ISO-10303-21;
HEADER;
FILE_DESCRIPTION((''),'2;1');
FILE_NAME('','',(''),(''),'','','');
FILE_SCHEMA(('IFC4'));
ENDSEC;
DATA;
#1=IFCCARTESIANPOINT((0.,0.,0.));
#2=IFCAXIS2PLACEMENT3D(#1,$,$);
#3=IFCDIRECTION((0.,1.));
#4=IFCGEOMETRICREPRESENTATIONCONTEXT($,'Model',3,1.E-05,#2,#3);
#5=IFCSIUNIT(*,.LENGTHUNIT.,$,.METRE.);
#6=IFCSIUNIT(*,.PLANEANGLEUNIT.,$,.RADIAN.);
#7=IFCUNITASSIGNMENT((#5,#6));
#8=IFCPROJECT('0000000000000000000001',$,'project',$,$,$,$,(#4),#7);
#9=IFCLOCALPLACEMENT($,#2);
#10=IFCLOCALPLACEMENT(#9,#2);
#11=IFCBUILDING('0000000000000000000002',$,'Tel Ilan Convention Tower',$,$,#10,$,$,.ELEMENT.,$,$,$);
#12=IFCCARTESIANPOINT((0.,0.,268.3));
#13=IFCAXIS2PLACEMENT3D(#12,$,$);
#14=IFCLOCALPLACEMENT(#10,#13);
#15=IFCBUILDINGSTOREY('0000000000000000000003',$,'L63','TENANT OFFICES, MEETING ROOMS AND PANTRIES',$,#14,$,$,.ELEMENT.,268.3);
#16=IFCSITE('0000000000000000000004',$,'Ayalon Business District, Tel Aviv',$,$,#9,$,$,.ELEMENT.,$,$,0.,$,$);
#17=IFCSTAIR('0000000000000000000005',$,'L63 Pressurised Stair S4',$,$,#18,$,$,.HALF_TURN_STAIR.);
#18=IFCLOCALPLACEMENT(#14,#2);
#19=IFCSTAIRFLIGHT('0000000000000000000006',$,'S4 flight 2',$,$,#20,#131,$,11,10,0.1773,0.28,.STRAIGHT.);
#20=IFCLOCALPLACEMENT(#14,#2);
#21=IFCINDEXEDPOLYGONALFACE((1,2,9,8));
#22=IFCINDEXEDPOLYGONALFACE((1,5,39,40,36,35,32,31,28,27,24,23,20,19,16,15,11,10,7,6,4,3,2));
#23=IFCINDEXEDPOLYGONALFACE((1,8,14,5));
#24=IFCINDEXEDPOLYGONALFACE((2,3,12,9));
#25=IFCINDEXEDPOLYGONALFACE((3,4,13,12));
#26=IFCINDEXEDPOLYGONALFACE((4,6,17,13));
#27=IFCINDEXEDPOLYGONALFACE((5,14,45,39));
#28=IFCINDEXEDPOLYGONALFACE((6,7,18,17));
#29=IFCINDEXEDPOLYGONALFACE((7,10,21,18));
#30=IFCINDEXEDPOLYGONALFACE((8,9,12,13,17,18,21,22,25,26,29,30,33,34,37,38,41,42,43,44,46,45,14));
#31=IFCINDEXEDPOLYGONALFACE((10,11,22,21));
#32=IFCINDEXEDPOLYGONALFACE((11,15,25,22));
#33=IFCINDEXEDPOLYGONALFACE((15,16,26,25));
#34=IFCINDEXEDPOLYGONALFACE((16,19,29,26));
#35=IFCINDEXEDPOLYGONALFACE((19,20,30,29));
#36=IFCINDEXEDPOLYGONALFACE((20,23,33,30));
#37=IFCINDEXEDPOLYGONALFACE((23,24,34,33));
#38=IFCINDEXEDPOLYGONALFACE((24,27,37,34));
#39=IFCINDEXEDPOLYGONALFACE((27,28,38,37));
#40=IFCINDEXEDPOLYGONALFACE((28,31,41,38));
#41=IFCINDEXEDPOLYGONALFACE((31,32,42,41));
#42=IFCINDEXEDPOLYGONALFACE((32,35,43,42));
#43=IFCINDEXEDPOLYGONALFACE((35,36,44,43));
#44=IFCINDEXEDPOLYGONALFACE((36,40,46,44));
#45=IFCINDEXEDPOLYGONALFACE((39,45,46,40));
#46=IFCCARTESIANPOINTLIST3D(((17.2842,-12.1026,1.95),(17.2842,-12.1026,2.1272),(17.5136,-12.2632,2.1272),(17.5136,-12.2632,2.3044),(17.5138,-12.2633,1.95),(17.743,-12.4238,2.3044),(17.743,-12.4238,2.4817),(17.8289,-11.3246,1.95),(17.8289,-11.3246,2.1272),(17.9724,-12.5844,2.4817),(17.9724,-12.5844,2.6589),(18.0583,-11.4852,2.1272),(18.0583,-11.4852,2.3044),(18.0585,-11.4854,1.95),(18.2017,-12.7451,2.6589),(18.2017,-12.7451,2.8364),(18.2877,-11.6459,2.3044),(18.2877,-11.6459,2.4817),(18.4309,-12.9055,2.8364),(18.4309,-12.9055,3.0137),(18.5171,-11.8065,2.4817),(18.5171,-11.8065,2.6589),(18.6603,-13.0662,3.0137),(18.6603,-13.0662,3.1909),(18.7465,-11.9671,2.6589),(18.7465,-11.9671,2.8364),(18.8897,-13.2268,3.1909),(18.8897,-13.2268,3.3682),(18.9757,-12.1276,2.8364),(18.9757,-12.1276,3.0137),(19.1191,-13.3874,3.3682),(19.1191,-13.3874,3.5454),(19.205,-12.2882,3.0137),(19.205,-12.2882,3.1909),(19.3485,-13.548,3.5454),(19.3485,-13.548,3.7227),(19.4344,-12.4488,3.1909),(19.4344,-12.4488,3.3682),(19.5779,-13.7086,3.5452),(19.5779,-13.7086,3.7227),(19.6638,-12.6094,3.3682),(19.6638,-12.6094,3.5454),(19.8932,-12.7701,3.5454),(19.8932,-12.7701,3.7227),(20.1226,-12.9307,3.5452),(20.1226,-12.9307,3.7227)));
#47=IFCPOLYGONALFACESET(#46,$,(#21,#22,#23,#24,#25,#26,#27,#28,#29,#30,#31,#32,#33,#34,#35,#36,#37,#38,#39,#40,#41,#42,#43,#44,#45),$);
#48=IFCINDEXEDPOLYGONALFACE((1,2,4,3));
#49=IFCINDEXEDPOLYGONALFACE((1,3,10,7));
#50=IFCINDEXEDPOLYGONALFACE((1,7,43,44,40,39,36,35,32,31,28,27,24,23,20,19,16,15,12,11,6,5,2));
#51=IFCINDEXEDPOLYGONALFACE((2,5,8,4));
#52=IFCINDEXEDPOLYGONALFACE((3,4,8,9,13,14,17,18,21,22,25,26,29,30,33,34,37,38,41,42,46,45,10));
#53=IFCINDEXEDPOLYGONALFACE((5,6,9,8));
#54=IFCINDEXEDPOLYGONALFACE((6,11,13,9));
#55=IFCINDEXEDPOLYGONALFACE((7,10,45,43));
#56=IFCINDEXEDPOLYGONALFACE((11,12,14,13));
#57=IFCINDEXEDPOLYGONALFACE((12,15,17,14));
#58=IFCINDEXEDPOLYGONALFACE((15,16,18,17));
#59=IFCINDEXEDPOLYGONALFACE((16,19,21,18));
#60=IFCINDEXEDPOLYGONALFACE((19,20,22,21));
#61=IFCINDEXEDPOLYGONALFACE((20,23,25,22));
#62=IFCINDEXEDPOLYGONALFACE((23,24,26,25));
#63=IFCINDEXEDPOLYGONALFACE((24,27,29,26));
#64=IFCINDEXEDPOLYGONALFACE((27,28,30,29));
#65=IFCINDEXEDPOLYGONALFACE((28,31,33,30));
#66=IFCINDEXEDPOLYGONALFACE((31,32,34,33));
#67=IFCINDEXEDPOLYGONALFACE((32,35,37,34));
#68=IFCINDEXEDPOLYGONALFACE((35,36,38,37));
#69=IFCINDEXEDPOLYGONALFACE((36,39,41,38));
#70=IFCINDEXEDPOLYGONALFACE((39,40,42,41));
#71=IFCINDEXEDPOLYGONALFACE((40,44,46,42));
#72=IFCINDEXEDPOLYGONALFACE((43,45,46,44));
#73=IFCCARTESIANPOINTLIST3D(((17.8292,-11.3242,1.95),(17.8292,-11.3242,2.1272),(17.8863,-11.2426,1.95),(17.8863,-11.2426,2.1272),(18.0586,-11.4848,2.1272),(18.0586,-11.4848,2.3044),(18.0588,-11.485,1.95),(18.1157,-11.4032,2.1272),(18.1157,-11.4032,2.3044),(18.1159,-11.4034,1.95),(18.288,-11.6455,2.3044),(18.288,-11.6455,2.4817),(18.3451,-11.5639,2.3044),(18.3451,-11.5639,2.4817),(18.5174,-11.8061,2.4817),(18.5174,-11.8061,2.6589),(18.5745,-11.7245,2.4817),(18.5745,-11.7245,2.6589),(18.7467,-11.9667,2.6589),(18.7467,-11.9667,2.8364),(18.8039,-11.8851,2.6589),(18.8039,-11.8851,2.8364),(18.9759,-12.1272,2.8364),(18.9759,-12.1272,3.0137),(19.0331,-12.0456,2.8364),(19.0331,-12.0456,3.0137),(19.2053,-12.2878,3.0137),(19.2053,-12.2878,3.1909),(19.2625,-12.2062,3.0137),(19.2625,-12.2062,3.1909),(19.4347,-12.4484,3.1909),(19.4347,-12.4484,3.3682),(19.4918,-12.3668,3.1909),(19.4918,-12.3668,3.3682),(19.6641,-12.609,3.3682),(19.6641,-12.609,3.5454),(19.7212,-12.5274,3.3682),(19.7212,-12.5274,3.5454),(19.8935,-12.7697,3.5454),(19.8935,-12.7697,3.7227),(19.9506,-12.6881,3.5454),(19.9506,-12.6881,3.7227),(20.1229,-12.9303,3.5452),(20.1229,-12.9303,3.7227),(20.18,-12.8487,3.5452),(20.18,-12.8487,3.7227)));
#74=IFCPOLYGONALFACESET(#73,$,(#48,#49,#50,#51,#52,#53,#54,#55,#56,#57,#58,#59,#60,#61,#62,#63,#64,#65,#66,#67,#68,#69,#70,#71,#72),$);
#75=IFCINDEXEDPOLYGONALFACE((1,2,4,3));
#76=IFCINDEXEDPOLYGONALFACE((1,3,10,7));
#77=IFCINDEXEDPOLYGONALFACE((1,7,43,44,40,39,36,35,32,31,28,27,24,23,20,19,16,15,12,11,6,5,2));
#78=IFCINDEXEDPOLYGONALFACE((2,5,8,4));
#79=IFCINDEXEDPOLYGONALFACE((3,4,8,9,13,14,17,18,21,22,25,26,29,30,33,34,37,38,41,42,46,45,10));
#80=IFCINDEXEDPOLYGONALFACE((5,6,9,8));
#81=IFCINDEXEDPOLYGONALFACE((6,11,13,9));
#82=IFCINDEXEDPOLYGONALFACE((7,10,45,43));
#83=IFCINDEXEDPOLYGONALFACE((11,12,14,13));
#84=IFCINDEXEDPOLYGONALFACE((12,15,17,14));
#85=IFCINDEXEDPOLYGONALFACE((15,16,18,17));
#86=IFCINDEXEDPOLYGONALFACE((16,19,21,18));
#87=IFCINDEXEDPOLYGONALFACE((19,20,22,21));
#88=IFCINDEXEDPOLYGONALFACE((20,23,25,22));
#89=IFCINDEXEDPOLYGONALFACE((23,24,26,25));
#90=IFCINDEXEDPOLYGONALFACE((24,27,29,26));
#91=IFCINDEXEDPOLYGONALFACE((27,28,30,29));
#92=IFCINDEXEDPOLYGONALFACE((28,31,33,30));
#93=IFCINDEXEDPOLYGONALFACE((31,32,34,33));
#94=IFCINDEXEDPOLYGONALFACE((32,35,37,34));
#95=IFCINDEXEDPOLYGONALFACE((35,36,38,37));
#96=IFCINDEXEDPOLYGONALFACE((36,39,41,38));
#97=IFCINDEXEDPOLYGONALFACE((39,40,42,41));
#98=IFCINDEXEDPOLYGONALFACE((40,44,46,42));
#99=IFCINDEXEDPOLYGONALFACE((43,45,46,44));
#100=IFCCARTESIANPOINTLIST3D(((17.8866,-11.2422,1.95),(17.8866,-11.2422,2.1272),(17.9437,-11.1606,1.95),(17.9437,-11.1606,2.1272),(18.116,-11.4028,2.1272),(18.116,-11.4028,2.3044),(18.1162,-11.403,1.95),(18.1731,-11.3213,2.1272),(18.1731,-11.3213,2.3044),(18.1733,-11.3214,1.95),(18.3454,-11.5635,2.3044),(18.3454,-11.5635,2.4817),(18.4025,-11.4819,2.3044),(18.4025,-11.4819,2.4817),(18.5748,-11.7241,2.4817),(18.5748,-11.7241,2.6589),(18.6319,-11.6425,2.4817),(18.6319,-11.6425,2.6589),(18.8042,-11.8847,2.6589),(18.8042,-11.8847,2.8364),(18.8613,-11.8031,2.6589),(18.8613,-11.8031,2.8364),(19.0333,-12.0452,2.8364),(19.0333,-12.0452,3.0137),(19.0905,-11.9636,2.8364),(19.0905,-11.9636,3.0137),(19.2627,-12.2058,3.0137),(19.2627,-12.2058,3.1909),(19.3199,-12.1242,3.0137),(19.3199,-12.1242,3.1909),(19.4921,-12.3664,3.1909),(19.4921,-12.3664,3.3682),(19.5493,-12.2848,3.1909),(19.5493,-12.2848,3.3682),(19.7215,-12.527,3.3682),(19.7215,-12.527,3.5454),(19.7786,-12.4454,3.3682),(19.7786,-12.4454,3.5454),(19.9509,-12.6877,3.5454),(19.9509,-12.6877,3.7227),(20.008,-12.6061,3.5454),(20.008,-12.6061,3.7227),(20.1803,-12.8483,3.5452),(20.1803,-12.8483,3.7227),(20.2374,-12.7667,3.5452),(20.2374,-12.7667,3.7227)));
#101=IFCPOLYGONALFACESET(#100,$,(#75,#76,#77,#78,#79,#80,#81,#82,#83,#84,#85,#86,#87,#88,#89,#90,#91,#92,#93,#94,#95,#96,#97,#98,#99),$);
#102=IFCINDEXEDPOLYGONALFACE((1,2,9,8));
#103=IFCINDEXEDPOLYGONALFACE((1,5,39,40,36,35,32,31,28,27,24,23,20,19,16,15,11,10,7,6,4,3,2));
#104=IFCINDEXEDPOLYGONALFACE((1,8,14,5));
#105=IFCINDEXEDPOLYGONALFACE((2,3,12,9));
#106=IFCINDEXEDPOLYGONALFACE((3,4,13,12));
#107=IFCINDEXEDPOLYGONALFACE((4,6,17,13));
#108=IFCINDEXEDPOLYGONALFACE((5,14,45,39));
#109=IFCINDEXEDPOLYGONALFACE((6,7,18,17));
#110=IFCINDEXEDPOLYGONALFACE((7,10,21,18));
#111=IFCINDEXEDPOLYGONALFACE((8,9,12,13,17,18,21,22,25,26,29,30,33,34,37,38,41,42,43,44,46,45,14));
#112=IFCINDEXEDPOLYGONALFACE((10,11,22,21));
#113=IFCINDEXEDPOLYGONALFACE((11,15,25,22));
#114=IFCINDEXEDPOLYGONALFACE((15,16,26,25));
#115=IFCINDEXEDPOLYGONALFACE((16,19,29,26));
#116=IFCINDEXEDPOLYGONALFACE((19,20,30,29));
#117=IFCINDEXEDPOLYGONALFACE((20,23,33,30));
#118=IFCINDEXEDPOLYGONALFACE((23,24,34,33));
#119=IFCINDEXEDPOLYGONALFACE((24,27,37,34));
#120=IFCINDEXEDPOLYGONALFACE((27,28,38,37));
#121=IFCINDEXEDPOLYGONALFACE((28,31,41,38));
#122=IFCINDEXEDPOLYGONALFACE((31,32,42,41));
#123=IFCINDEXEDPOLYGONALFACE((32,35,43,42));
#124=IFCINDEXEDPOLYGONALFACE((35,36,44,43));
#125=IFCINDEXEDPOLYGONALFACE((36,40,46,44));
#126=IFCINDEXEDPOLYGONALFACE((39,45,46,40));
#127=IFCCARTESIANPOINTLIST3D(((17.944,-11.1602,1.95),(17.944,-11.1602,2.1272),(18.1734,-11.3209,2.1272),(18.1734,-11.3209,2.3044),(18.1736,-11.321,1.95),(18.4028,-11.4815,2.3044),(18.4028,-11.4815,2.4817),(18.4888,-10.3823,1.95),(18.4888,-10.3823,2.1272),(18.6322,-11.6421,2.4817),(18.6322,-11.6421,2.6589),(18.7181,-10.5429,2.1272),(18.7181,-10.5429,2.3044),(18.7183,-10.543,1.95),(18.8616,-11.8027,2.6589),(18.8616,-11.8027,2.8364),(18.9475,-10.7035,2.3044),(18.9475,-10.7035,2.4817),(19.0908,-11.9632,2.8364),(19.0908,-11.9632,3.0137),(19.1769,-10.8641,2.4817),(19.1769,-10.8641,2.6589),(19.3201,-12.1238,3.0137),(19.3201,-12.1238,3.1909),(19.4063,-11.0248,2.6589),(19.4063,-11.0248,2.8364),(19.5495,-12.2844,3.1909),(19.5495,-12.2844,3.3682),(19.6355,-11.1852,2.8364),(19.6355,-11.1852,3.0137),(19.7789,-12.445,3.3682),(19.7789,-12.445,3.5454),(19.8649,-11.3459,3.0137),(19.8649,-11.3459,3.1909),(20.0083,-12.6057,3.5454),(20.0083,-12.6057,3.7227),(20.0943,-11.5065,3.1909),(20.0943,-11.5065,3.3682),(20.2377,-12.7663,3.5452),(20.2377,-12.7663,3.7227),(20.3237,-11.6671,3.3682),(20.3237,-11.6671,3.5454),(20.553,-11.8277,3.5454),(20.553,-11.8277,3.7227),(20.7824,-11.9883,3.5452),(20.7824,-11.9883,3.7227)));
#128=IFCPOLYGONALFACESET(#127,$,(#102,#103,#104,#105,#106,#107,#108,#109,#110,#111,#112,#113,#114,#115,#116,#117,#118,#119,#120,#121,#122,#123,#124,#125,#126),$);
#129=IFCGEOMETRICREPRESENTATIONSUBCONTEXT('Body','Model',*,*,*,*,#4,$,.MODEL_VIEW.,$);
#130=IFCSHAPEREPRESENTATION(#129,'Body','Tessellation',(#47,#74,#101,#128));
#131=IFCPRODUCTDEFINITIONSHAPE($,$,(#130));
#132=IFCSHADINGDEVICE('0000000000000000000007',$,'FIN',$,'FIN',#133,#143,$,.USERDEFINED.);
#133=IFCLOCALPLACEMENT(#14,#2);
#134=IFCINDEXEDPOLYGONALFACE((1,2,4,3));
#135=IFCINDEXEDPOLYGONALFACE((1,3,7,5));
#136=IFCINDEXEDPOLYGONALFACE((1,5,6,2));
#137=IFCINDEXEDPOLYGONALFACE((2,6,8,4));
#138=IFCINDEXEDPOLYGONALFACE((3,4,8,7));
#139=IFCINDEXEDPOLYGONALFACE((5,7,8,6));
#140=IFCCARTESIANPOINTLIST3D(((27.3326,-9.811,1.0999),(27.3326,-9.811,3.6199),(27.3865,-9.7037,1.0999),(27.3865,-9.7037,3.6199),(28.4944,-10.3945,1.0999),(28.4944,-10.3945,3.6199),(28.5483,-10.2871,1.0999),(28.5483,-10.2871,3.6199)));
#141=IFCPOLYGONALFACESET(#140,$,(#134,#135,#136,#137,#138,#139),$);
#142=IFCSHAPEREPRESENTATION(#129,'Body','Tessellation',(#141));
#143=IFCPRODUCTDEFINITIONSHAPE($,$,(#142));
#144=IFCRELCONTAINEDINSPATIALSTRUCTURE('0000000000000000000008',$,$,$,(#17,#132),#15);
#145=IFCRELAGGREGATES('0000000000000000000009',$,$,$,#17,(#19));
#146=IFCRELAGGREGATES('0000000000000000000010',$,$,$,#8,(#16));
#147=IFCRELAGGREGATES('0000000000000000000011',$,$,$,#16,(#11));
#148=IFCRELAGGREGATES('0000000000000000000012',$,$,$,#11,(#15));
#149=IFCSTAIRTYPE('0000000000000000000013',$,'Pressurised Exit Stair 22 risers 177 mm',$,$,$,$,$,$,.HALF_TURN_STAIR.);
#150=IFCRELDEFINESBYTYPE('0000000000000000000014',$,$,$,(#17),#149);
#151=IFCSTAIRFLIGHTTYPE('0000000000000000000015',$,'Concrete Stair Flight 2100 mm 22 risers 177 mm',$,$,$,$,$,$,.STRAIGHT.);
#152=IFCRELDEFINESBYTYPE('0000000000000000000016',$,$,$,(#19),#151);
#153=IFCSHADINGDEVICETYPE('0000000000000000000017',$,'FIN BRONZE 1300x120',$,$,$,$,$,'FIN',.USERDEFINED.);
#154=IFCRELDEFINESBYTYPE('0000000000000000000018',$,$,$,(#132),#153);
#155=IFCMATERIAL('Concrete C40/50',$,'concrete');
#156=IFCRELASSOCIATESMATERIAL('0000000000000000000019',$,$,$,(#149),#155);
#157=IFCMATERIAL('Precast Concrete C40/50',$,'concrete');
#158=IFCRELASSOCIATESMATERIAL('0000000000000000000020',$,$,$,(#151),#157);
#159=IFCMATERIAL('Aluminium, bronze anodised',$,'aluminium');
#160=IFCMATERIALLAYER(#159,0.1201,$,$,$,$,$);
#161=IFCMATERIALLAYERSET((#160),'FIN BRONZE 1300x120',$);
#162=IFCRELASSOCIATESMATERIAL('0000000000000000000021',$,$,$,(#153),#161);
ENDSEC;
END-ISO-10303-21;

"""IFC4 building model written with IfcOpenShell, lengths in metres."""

from ifc_helpers import new_model, si_unit, direction, frame, origin, origin_2d, place, context, subcontext, project, spatial, polyline, rectangle, outline, extrude, material, layer, layer_set, type_object, element, aggregate, save


model = new_model("IFC4")

# Units and contexts
model_context = context("Model", 3, precision=1e-05, world=origin(), true_north=direction((0.0, 1.0)))
body_context = subcontext(model_context, "Body", "Model", "MODEL_VIEW")
ifc_project = project(units=[si_unit("LENGTHUNIT", "METRE"), si_unit("PLANEANGLEUNIT", "RADIAN")], contexts=[model_context])

# Site, building, storey
site_placement = place(None, origin())
site = spatial("IfcSite", under=ifc_project, at=site_placement, Name="Ayalon Business District, Tel Aviv", CompositionType="ELEMENT", RefElevation=0.0)
building_placement = place(site_placement, origin())
building = spatial("IfcBuilding", under=site, at=building_placement, Name="Tel Ilan Convention Tower", CompositionType="ELEMENT")
storey_placement = place(building_placement, frame((0.0, 0.0, 268.3)))
storey = spatial("IfcBuildingStorey", under=building, at=storey_placement, Name="L63", Description="TENANT OFFICES, MEETING ROOMS AND PANTRIES", CompositionType="ELEMENT", Elevation=268.3)

# Stair, stair flight
ifc_material_1 = material(Name="Concrete C40/50", Category="concrete")
stair_type = type_object("IfcStairType", Name="Pressurised Exit Stair 22 risers 177 mm", PredefinedType="HALF_TURN_STAIR", material=ifc_material_1)
stair_placement = place(storey_placement, origin())
stair = element("IfcStair", 1, at=stair_placement, inside=storey, type_object=stair_type, Name="L63 Pressurised Stair S4", PredefinedType="HALF_TURN_STAIR")
ifc_material_2 = material(Name="Precast Concrete C40/50", Category="concrete")
stair_flight_type = type_object("IfcStairFlightType", Name="Concrete Stair Flight 2100 mm 22 risers 177 mm", PredefinedType="STRAIGHT", material=ifc_material_2)
stair_flight_1_placement = place(storey_placement, frame((17.8865, -11.2424, 1.95), z_axis=(0.0, 0.0, 1.0), x_axis=(0.819152, -0.573576, 0.0)))
stair_flight_1 = element("IfcStairFlight", 2, at=stair_flight_1_placement, type_object=stair_flight_type, Name="S4 flight 2", NumberOfRisers=11, NumberOfTreads=10, PredefinedType="STRAIGHT", RiserHeight=0.1773, TreadLength=0.28, context=body_context, shape_type="SweptSolid", body=[
    extrude(outline(polyline([(0.0, 0.0), (0.0, 0.1772), (0.28, 0.1772), (0.28, 0.3545), (0.5601, 0.3545), (0.5601, 0.5317), (0.8401, 0.5317), (0.8401, 0.709), (1.1201, 0.709), (1.1201, 0.8865), (1.3999, 0.8865), (1.3999, 1.0637), (1.6799, 1.0637), (1.6799, 1.241), (1.96, 1.241), (1.96, 1.4182), (2.24, 1.4182), (2.24, 1.5955), (2.52, 1.5955), (2.52, 1.7727), (2.8, 1.7727), (2.8, 1.95), (2.8, 1.5952), (0.2803, 0.0), (0.0, 0.0)])), frame((0.0, -0.1003, 0.0), z_axis=(0.0, -1.0, 0.0), x_axis=(1.0, 0.0, 0.0)), (0.0, 0.0, 1.0), 0.9497),
    extrude(outline(polyline([(0.0, 0.0), (0.0, 0.1772), (0.28, 0.1772), (0.28, 0.3545), (0.5601, 0.3545), (0.5601, 0.5317), (0.8401, 0.5317), (0.8401, 0.709), (1.1201, 0.709), (1.1201, 0.8865), (1.3999, 0.8865), (1.3999, 1.0637), (1.6799, 1.0637), (1.6799, 1.241), (1.96, 1.241), (1.96, 1.4182), (2.24, 1.4182), (2.24, 1.5955), (2.52, 1.5955), (2.52, 1.7727), (2.8, 1.7727), (2.8, 1.95), (2.8, 1.5952), (0.2803, 0.0), (0.0, 0.0)])), frame((0.0, -0.0002, 0.0), z_axis=(0.0, -1.0, 0.0), x_axis=(1.0, 0.0, 0.0)), (0.0, 0.0, 1.0), 0.0996),
    extrude(outline(polyline([(0.0, 0.0), (0.0, 0.1772), (0.28, 0.1772), (0.28, 0.3545), (0.5601, 0.3545), (0.5601, 0.5317), (0.8401, 0.5317), (0.8401, 0.709), (1.1201, 0.709), (1.1201, 0.8865), (1.3999, 0.8865), (1.3999, 1.0637), (1.6799, 1.0637), (1.6799, 1.241), (1.96, 1.241), (1.96, 1.4182), (2.24, 1.4182), (2.24, 1.5955), (2.52, 1.5955), (2.52, 1.7727), (2.8, 1.7727), (2.8, 1.95), (2.8, 1.5952), (0.2803, 0.0), (0.0, 0.0)])), frame((0.0, 0.0999, 0.0), z_axis=(0.0, -1.0, 0.0), x_axis=(1.0, 0.0, 0.0)), (0.0, 0.0, 1.0), 0.0996),
    extrude(outline(polyline([(0.0, 0.0), (0.0, 0.1772), (0.28, 0.1772), (0.28, 0.3545), (0.5601, 0.3545), (0.5601, 0.5317), (0.8401, 0.5317), (0.8401, 0.709), (1.1201, 0.709), (1.1201, 0.8865), (1.3999, 0.8865), (1.3999, 1.0637), (1.6799, 1.0637), (1.6799, 1.241), (1.96, 1.241), (1.96, 1.4182), (2.24, 1.4182), (2.24, 1.5955), (2.52, 1.5955), (2.52, 1.7727), (2.8, 1.7727), (2.8, 1.95), (2.8, 1.5952), (0.2803, 0.0), (0.0, 0.0)])), frame((0.0, 1.05, 0.0), z_axis=(0.0, -1.0, 0.0), x_axis=(1.0, 0.0, 0.0)), (0.0, 0.0, 1.0), 0.9497),
])
aggregate(stair, [stair_flight_1])

# Shading device
ifc_material_3 = material(Name="Aluminium, bronze anodised", Category="aluminium")
ifc_layer_1 = layer(ifc_material_3, 0.1201)
ifc_layer_set_1 = layer_set([ifc_layer_1], Name="FIN BRONZE 1300x120")
shading_device_type = type_object("IfcShadingDeviceType", Name="FIN BRONZE 1300x120", ElementType="FIN", PredefinedType="USERDEFINED", material=ifc_layer_set_1)
shading_device_placement = place(storey_placement, frame((27.9404, -10.0491, 1.0999), z_axis=(0.0, 0.0, 1.0), x_axis=(0.893633, -0.448799, 0.0)))
element("IfcShadingDevice", 3, at=shading_device_placement, inside=storey, type_object=shading_device_type, Name="FIN", ObjectType="FIN", PredefinedType="USERDEFINED", context=body_context, shape_type="SweptSolid", body=[
    extrude(rectangle(XDim=1.3, YDim=0.1201, at=origin_2d()), origin(), (0.0, 0.0, 1.0), 2.52),
])

save(model, "model.ifc")
